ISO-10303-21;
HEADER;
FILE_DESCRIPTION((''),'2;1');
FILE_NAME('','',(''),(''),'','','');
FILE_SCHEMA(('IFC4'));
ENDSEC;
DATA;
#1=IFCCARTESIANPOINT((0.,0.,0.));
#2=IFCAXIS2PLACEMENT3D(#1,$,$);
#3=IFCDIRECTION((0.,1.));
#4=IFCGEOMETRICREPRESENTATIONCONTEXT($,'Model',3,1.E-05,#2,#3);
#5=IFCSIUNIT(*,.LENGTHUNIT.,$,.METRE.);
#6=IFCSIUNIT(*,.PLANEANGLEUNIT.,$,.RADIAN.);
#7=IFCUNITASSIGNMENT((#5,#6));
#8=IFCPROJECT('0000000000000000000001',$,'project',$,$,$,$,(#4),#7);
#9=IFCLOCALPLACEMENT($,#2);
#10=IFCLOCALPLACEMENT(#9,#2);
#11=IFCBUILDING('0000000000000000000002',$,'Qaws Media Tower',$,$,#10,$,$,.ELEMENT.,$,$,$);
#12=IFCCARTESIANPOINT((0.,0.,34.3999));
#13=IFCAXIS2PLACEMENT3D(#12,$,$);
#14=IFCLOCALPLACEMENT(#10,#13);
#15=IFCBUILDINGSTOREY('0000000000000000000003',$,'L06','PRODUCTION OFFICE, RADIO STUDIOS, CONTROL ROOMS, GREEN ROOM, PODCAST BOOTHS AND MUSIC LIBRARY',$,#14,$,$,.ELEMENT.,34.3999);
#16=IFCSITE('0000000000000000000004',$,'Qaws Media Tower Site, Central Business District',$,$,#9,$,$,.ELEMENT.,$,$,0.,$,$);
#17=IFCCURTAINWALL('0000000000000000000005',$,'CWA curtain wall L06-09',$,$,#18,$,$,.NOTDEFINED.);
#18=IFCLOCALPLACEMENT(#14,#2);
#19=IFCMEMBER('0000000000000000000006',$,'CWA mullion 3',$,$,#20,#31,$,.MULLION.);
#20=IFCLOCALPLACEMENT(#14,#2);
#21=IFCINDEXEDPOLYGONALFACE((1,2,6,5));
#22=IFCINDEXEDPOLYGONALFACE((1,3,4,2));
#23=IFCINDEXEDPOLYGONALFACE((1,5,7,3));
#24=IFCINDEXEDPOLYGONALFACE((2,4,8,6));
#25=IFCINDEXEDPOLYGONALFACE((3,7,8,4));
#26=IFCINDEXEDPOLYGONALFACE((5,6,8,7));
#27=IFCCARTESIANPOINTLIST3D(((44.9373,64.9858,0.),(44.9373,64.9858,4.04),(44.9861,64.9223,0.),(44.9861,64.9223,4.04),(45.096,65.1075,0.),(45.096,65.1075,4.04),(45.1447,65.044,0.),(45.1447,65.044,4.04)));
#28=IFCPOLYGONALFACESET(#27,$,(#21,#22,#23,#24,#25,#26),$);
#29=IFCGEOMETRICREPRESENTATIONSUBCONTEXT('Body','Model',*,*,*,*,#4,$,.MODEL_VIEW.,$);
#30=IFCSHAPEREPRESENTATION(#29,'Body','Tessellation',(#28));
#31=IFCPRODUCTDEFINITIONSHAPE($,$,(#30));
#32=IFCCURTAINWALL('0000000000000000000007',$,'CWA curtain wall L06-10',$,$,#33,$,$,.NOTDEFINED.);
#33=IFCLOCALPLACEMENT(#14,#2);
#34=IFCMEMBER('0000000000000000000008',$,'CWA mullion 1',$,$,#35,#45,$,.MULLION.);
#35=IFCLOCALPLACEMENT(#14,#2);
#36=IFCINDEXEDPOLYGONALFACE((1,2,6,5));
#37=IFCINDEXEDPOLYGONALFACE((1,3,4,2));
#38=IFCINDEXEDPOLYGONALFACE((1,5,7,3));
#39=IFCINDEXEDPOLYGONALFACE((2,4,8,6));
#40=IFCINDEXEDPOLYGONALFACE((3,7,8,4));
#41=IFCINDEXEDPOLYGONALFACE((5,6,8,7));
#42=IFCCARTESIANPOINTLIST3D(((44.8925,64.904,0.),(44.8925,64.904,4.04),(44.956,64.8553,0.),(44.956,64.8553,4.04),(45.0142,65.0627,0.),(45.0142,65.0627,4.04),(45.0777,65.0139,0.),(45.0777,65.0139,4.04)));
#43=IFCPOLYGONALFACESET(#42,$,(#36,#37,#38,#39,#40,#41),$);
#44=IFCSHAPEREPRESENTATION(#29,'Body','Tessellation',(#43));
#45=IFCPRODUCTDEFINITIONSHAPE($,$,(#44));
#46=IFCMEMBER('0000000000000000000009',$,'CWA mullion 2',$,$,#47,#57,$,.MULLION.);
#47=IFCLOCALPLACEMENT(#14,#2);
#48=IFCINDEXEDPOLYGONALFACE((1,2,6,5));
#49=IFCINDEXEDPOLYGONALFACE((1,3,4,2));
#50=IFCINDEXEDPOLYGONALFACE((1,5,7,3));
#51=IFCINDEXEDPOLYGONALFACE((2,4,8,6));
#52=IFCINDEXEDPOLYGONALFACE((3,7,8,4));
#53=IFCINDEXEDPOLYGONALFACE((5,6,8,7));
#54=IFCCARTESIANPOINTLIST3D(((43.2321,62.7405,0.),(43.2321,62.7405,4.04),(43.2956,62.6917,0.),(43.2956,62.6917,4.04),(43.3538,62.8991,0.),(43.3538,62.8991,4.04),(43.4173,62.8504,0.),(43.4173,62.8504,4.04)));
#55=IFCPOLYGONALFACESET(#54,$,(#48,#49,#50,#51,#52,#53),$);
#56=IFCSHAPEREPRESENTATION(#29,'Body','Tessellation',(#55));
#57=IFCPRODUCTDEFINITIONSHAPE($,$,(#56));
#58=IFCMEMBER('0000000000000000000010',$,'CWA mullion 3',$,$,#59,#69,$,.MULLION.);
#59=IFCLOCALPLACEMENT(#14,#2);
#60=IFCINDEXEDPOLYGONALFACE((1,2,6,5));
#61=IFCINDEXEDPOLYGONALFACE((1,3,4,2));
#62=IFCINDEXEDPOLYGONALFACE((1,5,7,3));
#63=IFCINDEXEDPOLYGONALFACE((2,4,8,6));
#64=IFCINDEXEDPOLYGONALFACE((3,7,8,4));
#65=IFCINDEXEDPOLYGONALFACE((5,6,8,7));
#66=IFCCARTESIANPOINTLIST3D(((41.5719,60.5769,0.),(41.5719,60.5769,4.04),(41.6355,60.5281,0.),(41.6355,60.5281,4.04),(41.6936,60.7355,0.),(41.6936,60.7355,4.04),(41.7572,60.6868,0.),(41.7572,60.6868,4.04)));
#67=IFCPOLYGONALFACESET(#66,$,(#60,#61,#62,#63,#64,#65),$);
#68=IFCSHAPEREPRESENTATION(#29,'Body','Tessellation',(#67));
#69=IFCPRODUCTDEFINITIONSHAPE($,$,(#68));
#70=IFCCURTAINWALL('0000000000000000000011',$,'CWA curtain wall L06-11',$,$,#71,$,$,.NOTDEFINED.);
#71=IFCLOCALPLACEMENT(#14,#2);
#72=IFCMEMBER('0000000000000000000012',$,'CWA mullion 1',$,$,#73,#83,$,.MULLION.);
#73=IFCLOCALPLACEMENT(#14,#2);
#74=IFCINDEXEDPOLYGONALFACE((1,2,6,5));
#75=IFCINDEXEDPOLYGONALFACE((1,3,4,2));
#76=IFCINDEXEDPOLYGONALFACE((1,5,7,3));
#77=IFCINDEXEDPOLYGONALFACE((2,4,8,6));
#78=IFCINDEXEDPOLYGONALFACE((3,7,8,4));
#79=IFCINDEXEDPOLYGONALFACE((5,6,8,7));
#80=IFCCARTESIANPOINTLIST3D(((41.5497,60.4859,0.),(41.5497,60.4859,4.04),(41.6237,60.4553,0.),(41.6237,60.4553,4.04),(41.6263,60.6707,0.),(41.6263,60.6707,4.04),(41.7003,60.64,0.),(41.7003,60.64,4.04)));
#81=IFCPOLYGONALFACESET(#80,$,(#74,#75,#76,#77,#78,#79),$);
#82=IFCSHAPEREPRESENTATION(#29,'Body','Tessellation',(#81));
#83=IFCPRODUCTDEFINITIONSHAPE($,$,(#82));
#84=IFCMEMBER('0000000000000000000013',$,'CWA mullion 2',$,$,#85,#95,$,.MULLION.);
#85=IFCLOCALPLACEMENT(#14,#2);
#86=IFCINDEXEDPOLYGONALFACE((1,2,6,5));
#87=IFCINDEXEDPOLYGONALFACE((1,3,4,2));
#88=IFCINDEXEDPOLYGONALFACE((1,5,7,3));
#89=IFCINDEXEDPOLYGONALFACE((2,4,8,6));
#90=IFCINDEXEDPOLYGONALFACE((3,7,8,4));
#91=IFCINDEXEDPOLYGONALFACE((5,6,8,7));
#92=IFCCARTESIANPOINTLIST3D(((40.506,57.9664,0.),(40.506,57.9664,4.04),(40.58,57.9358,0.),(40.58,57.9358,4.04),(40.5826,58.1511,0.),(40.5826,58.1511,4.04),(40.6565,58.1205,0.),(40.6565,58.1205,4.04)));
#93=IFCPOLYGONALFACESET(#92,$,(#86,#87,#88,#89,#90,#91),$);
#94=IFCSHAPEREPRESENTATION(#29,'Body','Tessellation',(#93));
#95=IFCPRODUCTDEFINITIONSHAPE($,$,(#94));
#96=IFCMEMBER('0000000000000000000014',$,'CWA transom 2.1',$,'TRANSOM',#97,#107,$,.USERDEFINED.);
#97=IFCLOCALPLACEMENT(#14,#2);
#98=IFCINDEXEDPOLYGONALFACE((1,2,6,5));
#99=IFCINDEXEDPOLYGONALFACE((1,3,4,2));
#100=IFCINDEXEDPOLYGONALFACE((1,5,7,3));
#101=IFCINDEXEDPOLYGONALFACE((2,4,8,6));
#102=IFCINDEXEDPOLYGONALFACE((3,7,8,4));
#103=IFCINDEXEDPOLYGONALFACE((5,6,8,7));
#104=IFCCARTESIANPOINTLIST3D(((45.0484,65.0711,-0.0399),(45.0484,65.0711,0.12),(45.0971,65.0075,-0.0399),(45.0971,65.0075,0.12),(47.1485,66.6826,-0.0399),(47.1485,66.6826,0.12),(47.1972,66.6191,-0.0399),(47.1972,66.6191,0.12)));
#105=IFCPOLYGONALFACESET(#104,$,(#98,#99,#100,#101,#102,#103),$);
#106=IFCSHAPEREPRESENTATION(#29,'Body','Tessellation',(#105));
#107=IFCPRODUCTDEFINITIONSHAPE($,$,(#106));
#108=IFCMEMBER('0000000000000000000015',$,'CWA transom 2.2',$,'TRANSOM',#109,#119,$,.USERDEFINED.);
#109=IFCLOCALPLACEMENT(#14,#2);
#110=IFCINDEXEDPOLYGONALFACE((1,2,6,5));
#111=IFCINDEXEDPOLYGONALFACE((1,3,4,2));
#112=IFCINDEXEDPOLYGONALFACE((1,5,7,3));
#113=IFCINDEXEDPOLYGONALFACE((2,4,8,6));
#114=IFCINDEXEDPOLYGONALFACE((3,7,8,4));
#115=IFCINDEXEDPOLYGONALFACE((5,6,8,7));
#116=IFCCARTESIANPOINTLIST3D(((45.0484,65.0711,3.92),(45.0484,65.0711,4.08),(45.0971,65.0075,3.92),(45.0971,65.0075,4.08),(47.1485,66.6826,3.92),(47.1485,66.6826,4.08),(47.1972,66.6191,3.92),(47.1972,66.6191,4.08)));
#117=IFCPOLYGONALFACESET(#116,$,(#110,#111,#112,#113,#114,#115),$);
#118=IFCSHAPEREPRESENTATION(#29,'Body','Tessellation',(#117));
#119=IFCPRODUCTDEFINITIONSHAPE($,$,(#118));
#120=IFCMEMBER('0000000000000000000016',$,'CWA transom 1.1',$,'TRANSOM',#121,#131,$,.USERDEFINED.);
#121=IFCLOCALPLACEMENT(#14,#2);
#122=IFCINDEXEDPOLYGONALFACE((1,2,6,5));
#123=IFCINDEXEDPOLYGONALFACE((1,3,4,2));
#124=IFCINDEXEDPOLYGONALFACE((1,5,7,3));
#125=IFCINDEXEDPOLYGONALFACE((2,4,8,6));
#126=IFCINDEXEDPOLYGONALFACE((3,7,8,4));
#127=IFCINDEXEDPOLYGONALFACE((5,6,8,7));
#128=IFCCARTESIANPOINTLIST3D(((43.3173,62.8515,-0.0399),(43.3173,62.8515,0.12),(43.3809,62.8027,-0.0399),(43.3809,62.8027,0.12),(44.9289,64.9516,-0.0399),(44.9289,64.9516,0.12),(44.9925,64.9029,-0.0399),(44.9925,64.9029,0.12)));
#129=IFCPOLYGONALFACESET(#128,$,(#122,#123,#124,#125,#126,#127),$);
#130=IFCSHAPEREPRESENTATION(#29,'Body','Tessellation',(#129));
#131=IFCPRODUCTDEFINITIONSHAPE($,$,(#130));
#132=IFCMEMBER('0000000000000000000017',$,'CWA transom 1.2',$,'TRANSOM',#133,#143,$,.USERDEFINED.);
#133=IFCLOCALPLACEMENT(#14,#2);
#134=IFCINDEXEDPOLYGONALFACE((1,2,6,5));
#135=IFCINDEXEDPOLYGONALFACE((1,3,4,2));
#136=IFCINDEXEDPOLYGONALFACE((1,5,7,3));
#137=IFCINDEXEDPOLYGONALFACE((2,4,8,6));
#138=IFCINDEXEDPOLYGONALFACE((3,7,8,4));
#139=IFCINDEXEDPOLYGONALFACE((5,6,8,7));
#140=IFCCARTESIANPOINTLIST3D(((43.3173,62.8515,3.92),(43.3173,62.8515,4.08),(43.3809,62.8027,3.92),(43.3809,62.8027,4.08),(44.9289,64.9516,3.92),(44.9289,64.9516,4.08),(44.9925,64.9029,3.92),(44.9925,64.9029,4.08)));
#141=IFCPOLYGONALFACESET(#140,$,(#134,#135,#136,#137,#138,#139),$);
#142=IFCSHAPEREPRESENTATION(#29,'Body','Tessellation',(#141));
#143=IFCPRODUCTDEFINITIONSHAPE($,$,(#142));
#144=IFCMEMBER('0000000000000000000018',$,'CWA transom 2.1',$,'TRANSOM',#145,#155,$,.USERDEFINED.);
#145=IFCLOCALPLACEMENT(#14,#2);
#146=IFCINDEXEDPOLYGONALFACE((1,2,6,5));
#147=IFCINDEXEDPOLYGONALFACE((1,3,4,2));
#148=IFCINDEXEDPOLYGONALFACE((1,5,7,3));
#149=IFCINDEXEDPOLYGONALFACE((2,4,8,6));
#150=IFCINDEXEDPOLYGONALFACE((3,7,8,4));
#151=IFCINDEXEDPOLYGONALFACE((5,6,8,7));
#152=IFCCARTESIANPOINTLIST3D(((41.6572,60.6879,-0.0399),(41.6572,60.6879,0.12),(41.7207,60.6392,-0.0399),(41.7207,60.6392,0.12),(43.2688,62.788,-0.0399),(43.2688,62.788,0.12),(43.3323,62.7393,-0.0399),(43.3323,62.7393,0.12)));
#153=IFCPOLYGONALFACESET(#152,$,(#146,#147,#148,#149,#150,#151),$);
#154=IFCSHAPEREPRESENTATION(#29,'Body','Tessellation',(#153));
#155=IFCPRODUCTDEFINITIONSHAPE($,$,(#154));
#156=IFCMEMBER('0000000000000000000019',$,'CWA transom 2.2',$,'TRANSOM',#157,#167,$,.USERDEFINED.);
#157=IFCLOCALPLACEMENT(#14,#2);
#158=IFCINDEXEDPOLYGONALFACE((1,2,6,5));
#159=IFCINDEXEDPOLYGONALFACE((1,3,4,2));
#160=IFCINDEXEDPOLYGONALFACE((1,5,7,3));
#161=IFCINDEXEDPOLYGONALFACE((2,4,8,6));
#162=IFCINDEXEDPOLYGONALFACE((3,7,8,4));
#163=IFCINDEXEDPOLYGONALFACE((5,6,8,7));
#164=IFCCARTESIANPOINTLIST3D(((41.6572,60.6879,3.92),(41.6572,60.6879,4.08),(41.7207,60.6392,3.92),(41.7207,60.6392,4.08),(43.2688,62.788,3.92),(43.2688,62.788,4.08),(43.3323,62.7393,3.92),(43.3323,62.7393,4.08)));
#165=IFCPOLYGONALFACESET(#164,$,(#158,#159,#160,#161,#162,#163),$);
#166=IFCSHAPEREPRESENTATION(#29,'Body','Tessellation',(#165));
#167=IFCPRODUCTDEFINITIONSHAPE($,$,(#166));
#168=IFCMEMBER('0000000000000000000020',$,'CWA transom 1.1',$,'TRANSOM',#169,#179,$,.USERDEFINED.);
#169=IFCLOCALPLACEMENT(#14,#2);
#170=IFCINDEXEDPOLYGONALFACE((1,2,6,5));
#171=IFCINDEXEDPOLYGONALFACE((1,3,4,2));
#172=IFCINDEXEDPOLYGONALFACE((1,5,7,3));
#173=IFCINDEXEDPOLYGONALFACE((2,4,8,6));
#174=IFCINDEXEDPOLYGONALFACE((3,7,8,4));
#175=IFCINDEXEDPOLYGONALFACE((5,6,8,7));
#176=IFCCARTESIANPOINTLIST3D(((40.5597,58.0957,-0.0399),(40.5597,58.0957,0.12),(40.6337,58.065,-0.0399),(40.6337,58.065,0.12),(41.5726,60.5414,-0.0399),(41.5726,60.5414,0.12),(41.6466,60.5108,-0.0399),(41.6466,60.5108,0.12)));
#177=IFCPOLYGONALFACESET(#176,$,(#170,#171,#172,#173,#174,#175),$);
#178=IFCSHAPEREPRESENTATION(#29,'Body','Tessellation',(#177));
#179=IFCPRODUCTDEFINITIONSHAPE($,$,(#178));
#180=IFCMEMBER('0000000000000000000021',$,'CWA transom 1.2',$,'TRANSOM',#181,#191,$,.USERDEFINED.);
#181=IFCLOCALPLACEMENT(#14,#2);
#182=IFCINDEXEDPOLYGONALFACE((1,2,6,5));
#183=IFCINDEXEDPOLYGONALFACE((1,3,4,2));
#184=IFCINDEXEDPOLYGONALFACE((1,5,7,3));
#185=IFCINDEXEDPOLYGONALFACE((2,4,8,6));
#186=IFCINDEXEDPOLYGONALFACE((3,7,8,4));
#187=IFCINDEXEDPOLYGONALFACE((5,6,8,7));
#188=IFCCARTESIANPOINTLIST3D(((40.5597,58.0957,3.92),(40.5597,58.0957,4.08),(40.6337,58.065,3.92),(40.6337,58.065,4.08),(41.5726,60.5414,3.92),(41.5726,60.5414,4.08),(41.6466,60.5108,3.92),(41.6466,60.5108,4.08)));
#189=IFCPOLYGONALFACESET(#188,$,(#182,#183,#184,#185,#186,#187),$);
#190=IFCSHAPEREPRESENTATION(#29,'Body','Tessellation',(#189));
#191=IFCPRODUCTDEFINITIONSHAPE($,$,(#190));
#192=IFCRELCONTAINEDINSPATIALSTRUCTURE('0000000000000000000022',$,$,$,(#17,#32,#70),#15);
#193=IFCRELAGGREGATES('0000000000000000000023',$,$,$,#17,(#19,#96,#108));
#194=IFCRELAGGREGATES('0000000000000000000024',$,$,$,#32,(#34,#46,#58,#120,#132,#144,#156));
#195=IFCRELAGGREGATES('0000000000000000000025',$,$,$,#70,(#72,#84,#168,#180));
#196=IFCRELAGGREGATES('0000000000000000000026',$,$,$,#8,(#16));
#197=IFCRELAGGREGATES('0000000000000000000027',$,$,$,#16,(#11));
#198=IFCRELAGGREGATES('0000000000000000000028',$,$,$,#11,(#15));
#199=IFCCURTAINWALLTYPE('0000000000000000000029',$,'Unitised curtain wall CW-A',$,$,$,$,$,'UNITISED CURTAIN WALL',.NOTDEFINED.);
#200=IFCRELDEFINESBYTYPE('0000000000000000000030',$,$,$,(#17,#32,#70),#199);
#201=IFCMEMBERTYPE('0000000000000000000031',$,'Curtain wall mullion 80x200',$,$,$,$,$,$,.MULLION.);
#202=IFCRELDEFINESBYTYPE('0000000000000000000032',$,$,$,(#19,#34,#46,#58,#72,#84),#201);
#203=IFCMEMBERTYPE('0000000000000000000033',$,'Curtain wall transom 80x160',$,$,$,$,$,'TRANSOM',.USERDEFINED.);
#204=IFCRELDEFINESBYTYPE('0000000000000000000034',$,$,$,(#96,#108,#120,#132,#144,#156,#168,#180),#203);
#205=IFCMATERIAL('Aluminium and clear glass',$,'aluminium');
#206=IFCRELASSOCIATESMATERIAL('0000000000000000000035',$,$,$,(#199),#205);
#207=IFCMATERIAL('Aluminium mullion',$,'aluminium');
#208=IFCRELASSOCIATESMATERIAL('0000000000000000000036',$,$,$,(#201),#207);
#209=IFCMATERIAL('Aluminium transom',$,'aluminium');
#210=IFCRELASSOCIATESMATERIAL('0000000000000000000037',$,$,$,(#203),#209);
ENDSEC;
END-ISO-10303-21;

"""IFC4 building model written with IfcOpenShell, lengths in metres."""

from ifc_helpers import new_model, si_unit, direction, frame, origin, origin_2d, place, context, subcontext, project, spatial, rectangle, extrude, material, material_profile, profile_set, type_object, element, aggregate, save


model = new_model("IFC4")

# Units and contexts
model_context = context("Model", 3, precision=1e-05, world=origin(), true_north=direction((0.0, 1.0)))
body_context = subcontext(model_context, "Body", "Model", "MODEL_VIEW")
ifc_project = project(units=[si_unit("LENGTHUNIT", "METRE"), si_unit("PLANEANGLEUNIT", "RADIAN")], contexts=[model_context])

# Site, building, storey
site_placement = place(None, origin())
site = spatial("IfcSite", under=ifc_project, at=site_placement, Name="Qaws Media Tower Site, Central Business District", CompositionType="ELEMENT", RefElevation=0.0)
building_placement = place(site_placement, origin())
building = spatial("IfcBuilding", under=site, at=building_placement, Name="Qaws Media Tower", CompositionType="ELEMENT")
storey_placement = place(building_placement, frame((0.0, 0.0, 34.3999)))
storey = spatial("IfcBuildingStorey", under=building, at=storey_placement, Name="L06", Description="PRODUCTION OFFICE, RADIO STUDIOS, CONTROL ROOMS, GREEN ROOM, PODCAST BOOTHS AND MUSIC LIBRARY", CompositionType="ELEMENT", Elevation=34.3999)

# Curtain wall, member
ifc_material_1 = material(Name="Aluminium and clear glass", Category="aluminium")
curtain_wall_type = type_object("IfcCurtainWallType", Name="Unitised curtain wall CW-A", ElementType="UNITISED CURTAIN WALL", PredefinedType="NOTDEFINED", material=ifc_material_1)
curtain_wall_1_placement = place(storey_placement, origin())
curtain_wall_1 = element("IfcCurtainWall", 1, at=curtain_wall_1_placement, inside=storey, type_object=curtain_wall_type, Name="CWA curtain wall L06-09", PredefinedType="NOTDEFINED")
ifc_material_2 = material(Name="Aluminium mullion", Category="aluminium")
ifc_material_profile_1 = material_profile(ifc_material_2, rectangle(XDim=0.0801, YDim=0.2, at=origin_2d()), Name="80x200")
ifc_profile_set_1 = profile_set([ifc_material_profile_1], Name="Aluminium mullion")
member_type_1 = type_object("IfcMemberType", Name="Curtain wall mullion 80x200", PredefinedType="MULLION", material=ifc_profile_set_1)
member_1_placement = place(storey_placement, frame((45.041, 65.0149, 0.0), z_axis=(0.0, 0.0, 1.0), x_axis=(0.608761, -0.793353, 0.0)))
member_1 = element("IfcMember", 2, at=member_1_placement, type_object=member_type_1, Name="CWA mullion 3", PredefinedType="MULLION", context=body_context, shape_type="SweptSolid", body=[
    extrude(rectangle(XDim=0.0801, YDim=0.2, at=origin_2d()), origin(), (0.0, 0.0, 1.0), 4.04),
])

# Curtain walls, members
curtain_wall_2_placement = place(storey_placement, origin())
curtain_wall_2 = element("IfcCurtainWall", 3, at=curtain_wall_2_placement, inside=storey, type_object=curtain_wall_type, Name="CWA curtain wall L06-10", PredefinedType="NOTDEFINED")
member_2_placement = place(storey_placement, frame((44.9851, 64.959, 0.0), z_axis=(0.0, 0.0, 1.0), x_axis=(0.793353, -0.608761, 0.0)))
member_2 = element("IfcMember", 4, at=member_2_placement, type_object=member_type_1, Name="CWA mullion 1", PredefinedType="MULLION", context=body_context, shape_type="SweptSolid", body=[
    extrude(rectangle(XDim=0.0801, YDim=0.2, at=origin_2d()), origin(), (0.0, 0.0, 1.0), 4.04),
])
member_3_placement = place(storey_placement, frame((43.3247, 62.7954, 0.0), z_axis=(0.0, 0.0, 1.0), x_axis=(0.793353, -0.608761, 0.0)))
member_3 = element("IfcMember", 5, at=member_3_placement, type_object=member_type_1, Name="CWA mullion 2", PredefinedType="MULLION", context=body_context, shape_type="SweptSolid", body=[
    extrude(rectangle(XDim=0.0801, YDim=0.2, at=origin_2d()), origin(), (0.0, 0.0, 1.0), 4.04),
])
member_4_placement = place(storey_placement, frame((41.6646, 60.6318, 0.0), z_axis=(0.0, 0.0, 1.0), x_axis=(0.793353, -0.608761, 0.0)))
member_4 = element("IfcMember", 6, at=member_4_placement, type_object=member_type_1, Name="CWA mullion 3", PredefinedType="MULLION", context=body_context, shape_type="SweptSolid", body=[
    extrude(rectangle(XDim=0.0801, YDim=0.2, at=origin_2d()), origin(), (0.0, 0.0, 1.0), 4.04),
])
curtain_wall_3_placement = place(storey_placement, origin())
curtain_wall_3 = element("IfcCurtainWall", 7, at=curtain_wall_3_placement, inside=storey, type_object=curtain_wall_type, Name="CWA curtain wall L06-11", PredefinedType="NOTDEFINED")
member_5_placement = place(storey_placement, frame((41.625, 60.563, 0.0), z_axis=(0.0, 0.0, 1.0), x_axis=(0.92388, -0.382683, 0.0)))
member_5 = element("IfcMember", 8, at=member_5_placement, type_object=member_type_1, Name="CWA mullion 1", PredefinedType="MULLION", context=body_context, shape_type="SweptSolid", body=[
    extrude(rectangle(XDim=0.0801, YDim=0.2, at=origin_2d()), origin(), (0.0, 0.0, 1.0), 4.04),
])
member_6_placement = place(storey_placement, frame((40.5813, 58.0435, 0.0), z_axis=(0.0, 0.0, 1.0), x_axis=(0.92388, -0.382683, 0.0)))
member_6 = element("IfcMember", 9, at=member_6_placement, type_object=member_type_1, Name="CWA mullion 2", PredefinedType="MULLION", context=body_context, shape_type="SweptSolid", body=[
    extrude(rectangle(XDim=0.0801, YDim=0.2, at=origin_2d()), origin(), (0.0, 0.0, 1.0), 4.04),
])

# Members
ifc_material_3 = material(Name="Aluminium transom", Category="aluminium")
ifc_material_profile_2 = material_profile(ifc_material_3, rectangle(XDim=0.0801, YDim=0.1599, at=origin_2d()), Name="80x160")
ifc_profile_set_2 = profile_set([ifc_material_profile_2], Name="Aluminium transom")
member_type_2 = type_object("IfcMemberType", Name="Curtain wall transom 80x160", ElementType="TRANSOM", PredefinedType="USERDEFINED", material=ifc_profile_set_2)
member_7_placement = place(storey_placement, frame((47.1729, 66.6509, 0.04), z_axis=(-0.793333, -0.608788, 0.0), x_axis=(0.608788, -0.793333, 0.0)))
member_7 = element("IfcMember", 10, at=member_7_placement, type_object=member_type_2, Name="CWA transom 2.1", ObjectType="TRANSOM", PredefinedType="USERDEFINED", context=body_context, shape_type="SweptSolid", body=[
    extrude(rectangle(XDim=0.0801, YDim=0.1599, at=origin_2d()), origin(), (0.0, 0.0, 1.0), 2.6472),
])
member_8_placement = place(storey_placement, frame((47.1729, 66.6509, 4.0), z_axis=(-0.793333, -0.608788, 0.0), x_axis=(0.608788, -0.793333, 0.0)))
member_8 = element("IfcMember", 11, at=member_8_placement, type_object=member_type_2, Name="CWA transom 2.2", ObjectType="TRANSOM", PredefinedType="USERDEFINED", context=body_context, shape_type="SweptSolid", body=[
    extrude(rectangle(XDim=0.0801, YDim=0.1599, at=origin_2d()), origin(), (0.0, 0.0, 1.0), 2.6472),
])
member_9_placement = place(storey_placement, frame((44.9607, 64.9272, 0.04), z_axis=(-0.608788, -0.793333, 0.0), x_axis=(0.793333, -0.608788, 0.0)))
member_9 = element("IfcMember", 12, at=member_9_placement, type_object=member_type_2, Name="CWA transom 1.1", ObjectType="TRANSOM", PredefinedType="USERDEFINED", context=body_context, shape_type="SweptSolid", body=[
    extrude(rectangle(XDim=0.0801, YDim=0.1599, at=origin_2d()), origin(), (0.0, 0.0, 1.0), 2.6472),
])
member_10_placement = place(storey_placement, frame((44.9607, 64.9272, 4.0), z_axis=(-0.608788, -0.793333, 0.0), x_axis=(0.793333, -0.608788, 0.0)))
member_10 = element("IfcMember", 13, at=member_10_placement, type_object=member_type_2, Name="CWA transom 1.2", ObjectType="TRANSOM", PredefinedType="USERDEFINED", context=body_context, shape_type="SweptSolid", body=[
    extrude(rectangle(XDim=0.0801, YDim=0.1599, at=origin_2d()), origin(), (0.0, 0.0, 1.0), 2.6472),
])
member_11_placement = place(storey_placement, frame((43.3005, 62.7637, 0.04), z_axis=(-0.608788, -0.793333, 0.0), x_axis=(0.793333, -0.608788, 0.0)))
member_11 = element("IfcMember", 14, at=member_11_placement, type_object=member_type_2, Name="CWA transom 2.1", ObjectType="TRANSOM", PredefinedType="USERDEFINED", context=body_context, shape_type="SweptSolid", body=[
    extrude(rectangle(XDim=0.0801, YDim=0.1599, at=origin_2d()), origin(), (0.0, 0.0, 1.0), 2.6472),
])
member_12_placement = place(storey_placement, frame((43.3005, 62.7637, 4.0), z_axis=(-0.608788, -0.793333, 0.0), x_axis=(0.793333, -0.608788, 0.0)))
member_12 = element("IfcMember", 15, at=member_12_placement, type_object=member_type_2, Name="CWA transom 2.2", ObjectType="TRANSOM", PredefinedType="USERDEFINED", context=body_context, shape_type="SweptSolid", body=[
    extrude(rectangle(XDim=0.0801, YDim=0.1599, at=origin_2d()), origin(), (0.0, 0.0, 1.0), 2.6472),
])
member_13_placement = place(storey_placement, frame((41.6096, 60.5261, 0.04), z_axis=(-0.382637, -0.923899, 0.0), x_axis=(0.923899, -0.382637, 0.0)))
member_13 = element("IfcMember", 16, at=member_13_placement, type_object=member_type_2, Name="CWA transom 1.1", ObjectType="TRANSOM", PredefinedType="USERDEFINED", context=body_context, shape_type="SweptSolid", body=[
    extrude(rectangle(XDim=0.0801, YDim=0.1599, at=origin_2d()), origin(), (0.0, 0.0, 1.0), 2.6472),
])
member_14_placement = place(storey_placement, frame((41.6096, 60.5261, 4.0), z_axis=(-0.382637, -0.923899, 0.0), x_axis=(0.923899, -0.382637, 0.0)))
member_14 = element("IfcMember", 17, at=member_14_placement, type_object=member_type_2, Name="CWA transom 1.2", ObjectType="TRANSOM", PredefinedType="USERDEFINED", context=body_context, shape_type="SweptSolid", body=[
    extrude(rectangle(XDim=0.0801, YDim=0.1599, at=origin_2d()), origin(), (0.0, 0.0, 1.0), 2.6472),
])

aggregate(curtain_wall_1, [member_1, member_7, member_8])
aggregate(curtain_wall_2, [member_2, member_3, member_4, member_9, member_10, member_11, member_12])
aggregate(curtain_wall_3, [member_5, member_6, member_13, member_14])

save(model, "model.ifc")
